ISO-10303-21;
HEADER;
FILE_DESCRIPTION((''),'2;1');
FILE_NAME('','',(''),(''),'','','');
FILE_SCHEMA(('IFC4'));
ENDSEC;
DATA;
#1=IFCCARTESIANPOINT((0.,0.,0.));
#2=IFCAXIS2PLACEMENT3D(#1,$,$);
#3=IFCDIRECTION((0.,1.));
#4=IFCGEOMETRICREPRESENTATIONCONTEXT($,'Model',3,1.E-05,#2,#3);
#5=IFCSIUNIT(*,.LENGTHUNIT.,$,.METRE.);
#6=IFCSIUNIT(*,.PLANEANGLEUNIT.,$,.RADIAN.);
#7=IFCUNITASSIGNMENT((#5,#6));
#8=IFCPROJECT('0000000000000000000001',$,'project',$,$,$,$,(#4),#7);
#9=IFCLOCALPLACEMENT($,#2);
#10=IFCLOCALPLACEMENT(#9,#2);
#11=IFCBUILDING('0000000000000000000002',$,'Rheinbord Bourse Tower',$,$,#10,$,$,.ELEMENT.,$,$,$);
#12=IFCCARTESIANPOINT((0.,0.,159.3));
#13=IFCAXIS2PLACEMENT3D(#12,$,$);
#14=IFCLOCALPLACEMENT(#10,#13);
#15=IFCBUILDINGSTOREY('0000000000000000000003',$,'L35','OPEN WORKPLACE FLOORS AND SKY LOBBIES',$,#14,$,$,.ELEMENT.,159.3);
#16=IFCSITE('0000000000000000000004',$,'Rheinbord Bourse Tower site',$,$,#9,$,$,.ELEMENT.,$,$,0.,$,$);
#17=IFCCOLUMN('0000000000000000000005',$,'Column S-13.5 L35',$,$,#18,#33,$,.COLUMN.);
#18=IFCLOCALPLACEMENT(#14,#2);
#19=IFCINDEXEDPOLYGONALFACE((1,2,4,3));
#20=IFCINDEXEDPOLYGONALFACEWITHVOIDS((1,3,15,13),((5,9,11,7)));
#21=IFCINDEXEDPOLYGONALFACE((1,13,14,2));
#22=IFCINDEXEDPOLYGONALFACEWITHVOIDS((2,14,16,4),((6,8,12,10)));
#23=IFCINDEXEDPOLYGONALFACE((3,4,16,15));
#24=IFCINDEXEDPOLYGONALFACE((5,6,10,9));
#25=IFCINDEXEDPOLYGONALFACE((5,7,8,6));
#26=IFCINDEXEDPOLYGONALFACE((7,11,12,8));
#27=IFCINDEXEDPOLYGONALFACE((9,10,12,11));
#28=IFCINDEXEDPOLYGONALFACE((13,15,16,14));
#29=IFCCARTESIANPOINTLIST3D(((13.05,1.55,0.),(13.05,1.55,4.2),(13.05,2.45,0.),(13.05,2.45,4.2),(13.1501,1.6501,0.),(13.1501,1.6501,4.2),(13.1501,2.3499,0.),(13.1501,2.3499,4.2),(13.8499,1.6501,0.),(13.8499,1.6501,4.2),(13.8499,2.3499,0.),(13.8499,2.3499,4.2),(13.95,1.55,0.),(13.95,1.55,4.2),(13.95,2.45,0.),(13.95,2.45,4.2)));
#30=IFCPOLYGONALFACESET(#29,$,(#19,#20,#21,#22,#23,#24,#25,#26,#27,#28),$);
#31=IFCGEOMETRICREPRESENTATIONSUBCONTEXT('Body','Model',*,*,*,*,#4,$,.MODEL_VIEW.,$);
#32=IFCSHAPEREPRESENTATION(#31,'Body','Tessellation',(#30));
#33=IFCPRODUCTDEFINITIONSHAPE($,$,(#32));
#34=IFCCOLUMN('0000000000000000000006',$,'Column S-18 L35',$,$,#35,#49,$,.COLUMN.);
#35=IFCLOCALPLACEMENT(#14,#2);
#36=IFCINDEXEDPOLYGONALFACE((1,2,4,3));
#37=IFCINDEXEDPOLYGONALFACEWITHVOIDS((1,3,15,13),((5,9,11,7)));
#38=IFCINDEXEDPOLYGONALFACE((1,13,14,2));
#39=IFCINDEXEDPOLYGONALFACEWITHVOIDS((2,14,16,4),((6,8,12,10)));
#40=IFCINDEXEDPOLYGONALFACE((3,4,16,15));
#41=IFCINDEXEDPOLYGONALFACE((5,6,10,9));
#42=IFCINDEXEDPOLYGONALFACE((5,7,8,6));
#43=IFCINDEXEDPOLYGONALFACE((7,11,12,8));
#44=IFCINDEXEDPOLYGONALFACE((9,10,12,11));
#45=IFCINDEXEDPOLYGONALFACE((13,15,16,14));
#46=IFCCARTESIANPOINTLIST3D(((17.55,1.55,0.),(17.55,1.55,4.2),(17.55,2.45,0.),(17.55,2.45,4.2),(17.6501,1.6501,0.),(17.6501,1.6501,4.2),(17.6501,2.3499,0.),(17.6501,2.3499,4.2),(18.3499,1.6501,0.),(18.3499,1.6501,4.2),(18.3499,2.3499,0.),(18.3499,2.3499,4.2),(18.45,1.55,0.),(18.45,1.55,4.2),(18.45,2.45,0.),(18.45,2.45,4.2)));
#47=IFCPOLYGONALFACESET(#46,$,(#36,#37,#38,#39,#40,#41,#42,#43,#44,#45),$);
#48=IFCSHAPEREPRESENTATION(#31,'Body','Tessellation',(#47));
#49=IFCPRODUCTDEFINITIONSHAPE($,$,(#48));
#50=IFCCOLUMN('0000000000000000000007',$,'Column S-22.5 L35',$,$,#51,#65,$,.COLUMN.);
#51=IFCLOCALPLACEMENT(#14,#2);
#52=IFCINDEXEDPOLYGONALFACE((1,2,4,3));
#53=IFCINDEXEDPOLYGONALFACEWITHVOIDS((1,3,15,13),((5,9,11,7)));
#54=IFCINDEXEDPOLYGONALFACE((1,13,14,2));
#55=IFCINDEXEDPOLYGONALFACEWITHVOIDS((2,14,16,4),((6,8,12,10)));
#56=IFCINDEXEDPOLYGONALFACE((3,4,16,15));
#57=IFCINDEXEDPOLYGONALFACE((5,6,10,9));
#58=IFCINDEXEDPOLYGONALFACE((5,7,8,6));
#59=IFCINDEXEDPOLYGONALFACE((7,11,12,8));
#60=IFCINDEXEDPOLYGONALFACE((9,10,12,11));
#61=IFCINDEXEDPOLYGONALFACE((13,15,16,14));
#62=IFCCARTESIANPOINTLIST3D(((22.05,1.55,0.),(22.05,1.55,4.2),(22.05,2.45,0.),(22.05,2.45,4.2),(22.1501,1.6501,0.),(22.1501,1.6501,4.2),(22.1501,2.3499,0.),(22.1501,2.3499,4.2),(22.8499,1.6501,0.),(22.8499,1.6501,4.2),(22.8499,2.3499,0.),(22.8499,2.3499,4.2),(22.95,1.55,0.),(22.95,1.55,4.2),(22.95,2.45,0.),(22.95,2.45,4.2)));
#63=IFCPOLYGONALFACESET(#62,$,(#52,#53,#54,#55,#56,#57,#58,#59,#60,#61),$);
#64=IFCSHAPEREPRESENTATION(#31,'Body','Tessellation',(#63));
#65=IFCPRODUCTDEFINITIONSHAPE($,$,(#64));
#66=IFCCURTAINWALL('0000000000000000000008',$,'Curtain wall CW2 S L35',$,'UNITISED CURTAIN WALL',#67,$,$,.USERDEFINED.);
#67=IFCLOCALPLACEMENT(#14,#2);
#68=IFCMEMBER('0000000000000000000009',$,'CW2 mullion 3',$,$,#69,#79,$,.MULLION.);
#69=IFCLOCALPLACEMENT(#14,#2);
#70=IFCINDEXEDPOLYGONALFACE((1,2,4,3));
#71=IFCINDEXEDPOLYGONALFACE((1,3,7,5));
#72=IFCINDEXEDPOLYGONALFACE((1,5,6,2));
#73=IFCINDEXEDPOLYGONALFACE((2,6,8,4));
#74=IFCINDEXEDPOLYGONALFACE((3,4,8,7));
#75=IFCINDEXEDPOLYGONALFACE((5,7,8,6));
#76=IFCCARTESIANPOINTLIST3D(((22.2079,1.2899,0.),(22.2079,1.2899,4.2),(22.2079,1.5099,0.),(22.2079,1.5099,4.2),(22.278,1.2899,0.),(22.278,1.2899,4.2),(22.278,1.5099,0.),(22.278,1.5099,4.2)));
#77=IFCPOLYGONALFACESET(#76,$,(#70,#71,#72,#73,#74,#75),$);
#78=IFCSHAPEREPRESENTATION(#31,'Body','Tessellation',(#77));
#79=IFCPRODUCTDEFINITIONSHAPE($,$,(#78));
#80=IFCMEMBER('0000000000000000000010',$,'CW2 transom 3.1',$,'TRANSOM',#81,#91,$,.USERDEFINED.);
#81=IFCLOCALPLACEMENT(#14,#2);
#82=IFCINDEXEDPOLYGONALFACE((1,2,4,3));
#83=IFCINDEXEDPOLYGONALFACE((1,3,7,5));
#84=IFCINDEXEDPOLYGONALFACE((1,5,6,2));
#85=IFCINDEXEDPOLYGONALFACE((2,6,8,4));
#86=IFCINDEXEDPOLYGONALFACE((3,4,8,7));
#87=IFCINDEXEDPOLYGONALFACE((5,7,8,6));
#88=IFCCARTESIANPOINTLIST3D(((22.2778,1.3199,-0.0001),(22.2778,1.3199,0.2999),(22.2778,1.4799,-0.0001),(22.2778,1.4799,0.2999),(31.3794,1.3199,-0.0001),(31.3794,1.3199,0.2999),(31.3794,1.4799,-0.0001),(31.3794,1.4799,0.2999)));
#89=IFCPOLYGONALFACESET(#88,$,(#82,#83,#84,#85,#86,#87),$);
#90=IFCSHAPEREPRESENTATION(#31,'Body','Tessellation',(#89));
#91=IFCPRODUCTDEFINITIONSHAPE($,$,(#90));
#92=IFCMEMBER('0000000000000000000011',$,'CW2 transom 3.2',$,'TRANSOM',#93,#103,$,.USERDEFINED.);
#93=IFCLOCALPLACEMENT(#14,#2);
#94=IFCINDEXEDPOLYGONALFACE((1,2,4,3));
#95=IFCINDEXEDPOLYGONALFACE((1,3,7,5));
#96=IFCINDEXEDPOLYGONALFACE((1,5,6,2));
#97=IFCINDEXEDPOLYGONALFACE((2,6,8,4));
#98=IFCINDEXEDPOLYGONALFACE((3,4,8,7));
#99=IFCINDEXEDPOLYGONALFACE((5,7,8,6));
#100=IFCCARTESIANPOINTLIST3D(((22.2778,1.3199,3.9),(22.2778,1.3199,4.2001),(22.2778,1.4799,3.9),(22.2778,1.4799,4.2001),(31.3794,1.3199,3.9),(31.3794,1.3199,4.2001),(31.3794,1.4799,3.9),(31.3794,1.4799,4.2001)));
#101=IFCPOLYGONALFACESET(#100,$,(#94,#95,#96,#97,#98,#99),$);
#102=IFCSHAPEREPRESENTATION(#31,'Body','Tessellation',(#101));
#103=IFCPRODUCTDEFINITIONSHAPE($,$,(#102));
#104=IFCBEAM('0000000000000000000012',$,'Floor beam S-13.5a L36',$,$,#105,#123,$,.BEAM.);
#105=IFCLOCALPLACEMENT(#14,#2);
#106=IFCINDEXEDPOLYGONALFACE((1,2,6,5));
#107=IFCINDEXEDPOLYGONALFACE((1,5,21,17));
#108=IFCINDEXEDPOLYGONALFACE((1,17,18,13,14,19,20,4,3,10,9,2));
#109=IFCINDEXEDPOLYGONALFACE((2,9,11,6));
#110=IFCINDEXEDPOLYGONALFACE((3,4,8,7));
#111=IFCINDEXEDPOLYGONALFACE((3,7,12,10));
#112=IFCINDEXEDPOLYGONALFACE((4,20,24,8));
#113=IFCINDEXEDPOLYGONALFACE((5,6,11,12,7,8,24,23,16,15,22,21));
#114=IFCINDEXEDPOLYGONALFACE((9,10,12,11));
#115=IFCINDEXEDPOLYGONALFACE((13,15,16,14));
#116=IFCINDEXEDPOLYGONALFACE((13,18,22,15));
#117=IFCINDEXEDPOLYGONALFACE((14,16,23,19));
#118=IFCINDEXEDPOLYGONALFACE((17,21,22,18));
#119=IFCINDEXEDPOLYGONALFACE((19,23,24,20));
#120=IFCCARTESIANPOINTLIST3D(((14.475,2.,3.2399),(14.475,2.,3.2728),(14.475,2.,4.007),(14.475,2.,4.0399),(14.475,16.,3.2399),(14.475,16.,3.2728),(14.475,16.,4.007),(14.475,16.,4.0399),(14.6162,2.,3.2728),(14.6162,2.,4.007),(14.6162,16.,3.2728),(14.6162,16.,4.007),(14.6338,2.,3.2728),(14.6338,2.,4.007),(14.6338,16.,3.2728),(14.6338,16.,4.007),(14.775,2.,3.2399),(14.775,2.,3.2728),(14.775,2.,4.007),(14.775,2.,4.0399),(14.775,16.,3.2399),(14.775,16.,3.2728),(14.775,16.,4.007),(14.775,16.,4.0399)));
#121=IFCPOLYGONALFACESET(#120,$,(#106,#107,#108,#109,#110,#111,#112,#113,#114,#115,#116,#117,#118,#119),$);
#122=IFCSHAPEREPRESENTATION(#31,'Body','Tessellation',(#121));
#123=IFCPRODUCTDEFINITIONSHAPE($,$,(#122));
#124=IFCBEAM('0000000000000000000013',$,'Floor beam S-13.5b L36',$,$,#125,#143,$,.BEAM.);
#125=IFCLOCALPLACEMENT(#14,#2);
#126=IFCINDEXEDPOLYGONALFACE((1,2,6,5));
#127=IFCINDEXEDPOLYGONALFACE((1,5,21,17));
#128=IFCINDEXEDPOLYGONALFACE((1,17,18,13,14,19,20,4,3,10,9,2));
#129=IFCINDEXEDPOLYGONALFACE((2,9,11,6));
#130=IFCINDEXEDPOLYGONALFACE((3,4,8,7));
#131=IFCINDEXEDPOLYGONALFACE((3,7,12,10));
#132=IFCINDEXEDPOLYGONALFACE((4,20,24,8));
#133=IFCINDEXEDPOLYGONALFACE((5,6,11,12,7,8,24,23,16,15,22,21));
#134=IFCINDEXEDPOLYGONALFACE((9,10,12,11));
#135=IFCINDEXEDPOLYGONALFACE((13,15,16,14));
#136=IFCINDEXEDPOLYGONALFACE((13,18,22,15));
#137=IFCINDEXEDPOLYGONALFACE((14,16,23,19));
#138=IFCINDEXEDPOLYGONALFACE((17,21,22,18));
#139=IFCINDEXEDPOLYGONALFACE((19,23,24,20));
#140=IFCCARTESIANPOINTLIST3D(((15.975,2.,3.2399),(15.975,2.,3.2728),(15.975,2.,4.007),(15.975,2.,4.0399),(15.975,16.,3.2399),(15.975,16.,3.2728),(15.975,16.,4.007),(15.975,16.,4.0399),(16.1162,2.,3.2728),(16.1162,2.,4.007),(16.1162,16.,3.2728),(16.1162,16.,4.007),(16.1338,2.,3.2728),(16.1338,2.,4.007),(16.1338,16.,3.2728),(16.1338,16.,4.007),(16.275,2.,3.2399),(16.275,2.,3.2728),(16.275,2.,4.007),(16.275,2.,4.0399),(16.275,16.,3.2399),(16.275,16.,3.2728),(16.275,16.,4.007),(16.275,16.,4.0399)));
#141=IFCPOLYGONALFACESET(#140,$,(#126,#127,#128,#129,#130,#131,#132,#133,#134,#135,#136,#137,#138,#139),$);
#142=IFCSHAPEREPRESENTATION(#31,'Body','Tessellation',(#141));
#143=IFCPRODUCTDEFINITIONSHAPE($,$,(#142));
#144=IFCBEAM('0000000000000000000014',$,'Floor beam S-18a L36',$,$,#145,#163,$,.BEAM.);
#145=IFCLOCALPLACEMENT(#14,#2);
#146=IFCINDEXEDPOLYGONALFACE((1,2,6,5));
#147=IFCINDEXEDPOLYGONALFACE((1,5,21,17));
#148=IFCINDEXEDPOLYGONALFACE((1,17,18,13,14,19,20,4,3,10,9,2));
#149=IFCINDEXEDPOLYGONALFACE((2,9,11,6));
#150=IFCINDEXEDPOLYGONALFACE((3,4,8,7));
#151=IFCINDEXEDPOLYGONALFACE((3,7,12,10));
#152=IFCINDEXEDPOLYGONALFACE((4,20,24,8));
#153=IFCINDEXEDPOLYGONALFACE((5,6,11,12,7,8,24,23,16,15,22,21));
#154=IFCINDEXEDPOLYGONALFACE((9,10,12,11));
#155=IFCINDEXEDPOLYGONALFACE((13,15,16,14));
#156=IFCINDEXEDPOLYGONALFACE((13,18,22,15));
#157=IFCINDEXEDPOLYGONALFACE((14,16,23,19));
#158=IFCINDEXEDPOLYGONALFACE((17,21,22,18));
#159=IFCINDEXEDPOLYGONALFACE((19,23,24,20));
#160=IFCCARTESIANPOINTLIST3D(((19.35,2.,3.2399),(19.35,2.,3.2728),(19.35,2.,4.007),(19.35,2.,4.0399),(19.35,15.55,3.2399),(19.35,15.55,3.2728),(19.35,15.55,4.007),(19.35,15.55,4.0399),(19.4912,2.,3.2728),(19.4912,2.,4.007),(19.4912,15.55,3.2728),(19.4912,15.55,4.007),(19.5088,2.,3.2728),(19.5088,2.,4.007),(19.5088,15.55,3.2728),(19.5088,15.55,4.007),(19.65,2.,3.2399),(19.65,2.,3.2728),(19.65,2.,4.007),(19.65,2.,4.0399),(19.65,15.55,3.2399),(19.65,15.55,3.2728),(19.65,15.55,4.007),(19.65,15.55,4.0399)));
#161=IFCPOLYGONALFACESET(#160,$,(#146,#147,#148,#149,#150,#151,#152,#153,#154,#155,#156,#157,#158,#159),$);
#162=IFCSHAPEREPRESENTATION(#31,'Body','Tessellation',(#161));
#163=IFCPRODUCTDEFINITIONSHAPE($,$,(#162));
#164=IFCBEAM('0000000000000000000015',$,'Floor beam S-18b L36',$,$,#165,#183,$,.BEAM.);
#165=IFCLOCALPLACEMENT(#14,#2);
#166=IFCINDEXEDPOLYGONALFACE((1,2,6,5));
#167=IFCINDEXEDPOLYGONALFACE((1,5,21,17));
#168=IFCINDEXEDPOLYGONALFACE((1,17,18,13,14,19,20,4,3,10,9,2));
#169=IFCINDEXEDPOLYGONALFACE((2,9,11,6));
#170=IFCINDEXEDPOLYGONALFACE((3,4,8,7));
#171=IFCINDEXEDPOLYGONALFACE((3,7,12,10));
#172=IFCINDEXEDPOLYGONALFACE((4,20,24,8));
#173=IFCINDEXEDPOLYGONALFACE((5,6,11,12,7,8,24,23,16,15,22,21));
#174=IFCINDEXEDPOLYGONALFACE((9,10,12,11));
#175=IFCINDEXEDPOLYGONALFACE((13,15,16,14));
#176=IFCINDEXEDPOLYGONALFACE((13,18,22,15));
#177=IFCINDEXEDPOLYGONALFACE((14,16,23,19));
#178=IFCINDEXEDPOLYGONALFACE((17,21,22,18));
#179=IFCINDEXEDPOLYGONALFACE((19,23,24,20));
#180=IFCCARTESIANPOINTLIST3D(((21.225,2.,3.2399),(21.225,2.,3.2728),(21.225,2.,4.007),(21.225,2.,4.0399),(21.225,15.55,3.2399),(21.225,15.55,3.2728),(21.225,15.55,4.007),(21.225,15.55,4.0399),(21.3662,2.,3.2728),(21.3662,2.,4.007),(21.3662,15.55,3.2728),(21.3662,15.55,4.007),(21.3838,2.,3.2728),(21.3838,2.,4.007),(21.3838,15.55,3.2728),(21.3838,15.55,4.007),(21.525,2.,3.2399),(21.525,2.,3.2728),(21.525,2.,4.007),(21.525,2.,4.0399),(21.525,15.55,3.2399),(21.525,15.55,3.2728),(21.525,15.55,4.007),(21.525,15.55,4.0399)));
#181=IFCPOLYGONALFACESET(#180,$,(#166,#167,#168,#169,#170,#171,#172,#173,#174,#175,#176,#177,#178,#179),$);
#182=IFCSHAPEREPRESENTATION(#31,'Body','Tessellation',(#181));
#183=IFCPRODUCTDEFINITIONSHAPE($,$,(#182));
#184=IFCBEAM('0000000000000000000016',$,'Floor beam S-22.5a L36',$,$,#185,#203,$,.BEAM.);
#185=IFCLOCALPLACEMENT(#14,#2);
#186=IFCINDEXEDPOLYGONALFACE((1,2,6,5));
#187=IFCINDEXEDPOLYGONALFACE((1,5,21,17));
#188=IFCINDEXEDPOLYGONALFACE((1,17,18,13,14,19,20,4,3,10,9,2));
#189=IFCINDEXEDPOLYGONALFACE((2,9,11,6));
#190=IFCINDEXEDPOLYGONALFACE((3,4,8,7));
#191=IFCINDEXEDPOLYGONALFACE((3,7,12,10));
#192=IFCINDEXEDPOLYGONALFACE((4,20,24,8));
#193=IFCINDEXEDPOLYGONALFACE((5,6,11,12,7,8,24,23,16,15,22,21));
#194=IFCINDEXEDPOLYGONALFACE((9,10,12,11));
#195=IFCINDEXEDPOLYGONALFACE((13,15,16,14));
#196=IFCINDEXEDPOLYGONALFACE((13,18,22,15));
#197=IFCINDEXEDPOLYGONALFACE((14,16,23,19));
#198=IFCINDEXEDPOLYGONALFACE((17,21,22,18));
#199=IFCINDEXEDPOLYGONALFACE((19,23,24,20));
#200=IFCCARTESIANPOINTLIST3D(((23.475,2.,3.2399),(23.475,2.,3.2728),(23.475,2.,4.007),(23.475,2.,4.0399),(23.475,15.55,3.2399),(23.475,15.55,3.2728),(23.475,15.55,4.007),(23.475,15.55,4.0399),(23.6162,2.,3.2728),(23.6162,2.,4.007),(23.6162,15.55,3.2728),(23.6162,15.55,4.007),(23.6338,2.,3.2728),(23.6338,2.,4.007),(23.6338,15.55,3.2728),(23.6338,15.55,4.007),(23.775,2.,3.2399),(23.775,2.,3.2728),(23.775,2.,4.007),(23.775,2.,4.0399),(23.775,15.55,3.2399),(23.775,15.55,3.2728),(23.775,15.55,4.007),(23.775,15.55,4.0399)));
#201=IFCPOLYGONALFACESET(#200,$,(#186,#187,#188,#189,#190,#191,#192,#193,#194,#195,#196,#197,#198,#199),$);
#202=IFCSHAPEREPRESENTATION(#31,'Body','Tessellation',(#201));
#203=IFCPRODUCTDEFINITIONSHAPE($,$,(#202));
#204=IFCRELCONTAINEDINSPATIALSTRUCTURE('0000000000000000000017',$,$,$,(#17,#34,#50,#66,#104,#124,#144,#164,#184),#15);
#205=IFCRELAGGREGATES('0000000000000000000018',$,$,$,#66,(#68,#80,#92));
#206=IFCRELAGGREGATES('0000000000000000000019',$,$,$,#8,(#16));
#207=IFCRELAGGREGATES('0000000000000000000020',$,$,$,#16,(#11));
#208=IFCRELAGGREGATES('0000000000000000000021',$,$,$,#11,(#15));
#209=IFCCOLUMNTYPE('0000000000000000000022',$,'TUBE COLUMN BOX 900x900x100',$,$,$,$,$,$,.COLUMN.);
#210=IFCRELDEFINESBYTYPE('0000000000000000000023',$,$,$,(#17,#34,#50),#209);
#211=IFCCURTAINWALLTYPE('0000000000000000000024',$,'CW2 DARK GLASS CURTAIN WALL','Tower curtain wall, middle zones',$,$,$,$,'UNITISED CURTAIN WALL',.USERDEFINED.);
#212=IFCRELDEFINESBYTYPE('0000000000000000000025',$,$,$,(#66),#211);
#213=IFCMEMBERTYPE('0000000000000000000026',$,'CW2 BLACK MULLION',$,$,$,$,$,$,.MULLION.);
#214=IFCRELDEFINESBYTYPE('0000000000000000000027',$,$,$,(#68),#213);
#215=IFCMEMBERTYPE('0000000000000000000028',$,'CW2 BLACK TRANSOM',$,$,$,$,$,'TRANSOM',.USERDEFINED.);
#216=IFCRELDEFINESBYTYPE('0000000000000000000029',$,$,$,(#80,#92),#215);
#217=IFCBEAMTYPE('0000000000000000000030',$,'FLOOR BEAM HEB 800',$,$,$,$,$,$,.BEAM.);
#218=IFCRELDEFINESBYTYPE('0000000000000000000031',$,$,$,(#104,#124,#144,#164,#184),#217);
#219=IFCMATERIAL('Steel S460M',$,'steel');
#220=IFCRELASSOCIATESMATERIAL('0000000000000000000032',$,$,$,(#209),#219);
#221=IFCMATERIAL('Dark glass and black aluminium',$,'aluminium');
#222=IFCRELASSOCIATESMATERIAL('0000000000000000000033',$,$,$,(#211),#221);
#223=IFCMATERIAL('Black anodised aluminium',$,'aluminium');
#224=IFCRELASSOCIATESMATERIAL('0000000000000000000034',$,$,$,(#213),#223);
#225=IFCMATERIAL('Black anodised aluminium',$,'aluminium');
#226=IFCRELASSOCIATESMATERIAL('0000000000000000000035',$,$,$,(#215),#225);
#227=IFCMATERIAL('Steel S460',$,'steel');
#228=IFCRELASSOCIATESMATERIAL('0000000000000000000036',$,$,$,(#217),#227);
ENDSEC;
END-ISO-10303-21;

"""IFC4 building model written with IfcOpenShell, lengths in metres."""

from ifc_helpers import new_model, si_unit, direction, frame, origin, origin_2d, place, context, subcontext, project, spatial, rectangle, hollow_rectangle, i_section, extrude, material, material_profile, profile_set, type_object, element, aggregate, save


model = new_model("IFC4")

# Units and contexts
model_context = context("Model", 3, precision=1e-05, world=origin(), true_north=direction((0.0, 1.0)))
body_context = subcontext(model_context, "Body", "Model", "MODEL_VIEW")
ifc_project = project(units=[si_unit("LENGTHUNIT", "METRE"), si_unit("PLANEANGLEUNIT", "RADIAN")], contexts=[model_context])

# Site, building, storey
site_placement = place(None, origin())
site = spatial("IfcSite", under=ifc_project, at=site_placement, Name="Rheinbord Bourse Tower site", CompositionType="ELEMENT", RefElevation=0.0)
building_placement = place(site_placement, origin())
building = spatial("IfcBuilding", under=site, at=building_placement, Name="Rheinbord Bourse Tower", CompositionType="ELEMENT")
storey_placement = place(building_placement, frame((0.0, 0.0, 159.3)))
storey = spatial("IfcBuildingStorey", under=building, at=storey_placement, Name="L35", Description="OPEN WORKPLACE FLOORS AND SKY LOBBIES", CompositionType="ELEMENT", Elevation=159.3)

# Columns
ifc_material_1 = material(Name="Steel S460M", Category="steel")
ifc_material_profile_1 = material_profile(ifc_material_1, hollow_rectangle(XDim=0.8999, YDim=0.8999, WallThickness=0.1001, at=origin_2d()), Name="BOX 900x900x100")
ifc_profile_set_1 = profile_set([ifc_material_profile_1], Name="Steel S460M")
column_type = type_object("IfcColumnType", Name="TUBE COLUMN BOX 900x900x100", PredefinedType="COLUMN", material=ifc_profile_set_1)
for number, where, z_axis, x_axis, name in (
    (1, (13.5, 2.0, 0.0), (0.0, 0.0, 1.0), (0.0, 1.0, 0.0), "Column S-13.5 L35"),
    (2, (18.0, 2.0, 0.0), (0.0, 0.0, 1.0), (0.0, 1.0, 0.0), "Column S-18 L35"),
    (3, (22.5, 2.0, 0.0), (0.0, 0.0, 1.0), (0.0, 1.0, 0.0), "Column S-22.5 L35"),
):
    element("IfcColumn", number, at=place(storey_placement, frame(where, z_axis=z_axis, x_axis=x_axis)), inside=storey, type_object=column_type, Name=name, PredefinedType="COLUMN", context=body_context, shape_type="SweptSolid", body=[
        extrude(hollow_rectangle(XDim=0.8999, YDim=0.8999, WallThickness=0.1001, at=origin_2d()), origin(), (0.0, 0.0, 1.0), 4.2),
    ])

# Curtain wall, members
ifc_material_2 = material(Name="Dark glass and black aluminium", Category="aluminium")
curtain_wall_type = type_object("IfcCurtainWallType", Name="CW2 DARK GLASS CURTAIN WALL", Description="Tower curtain wall, middle zones", ElementType="UNITISED CURTAIN WALL", PredefinedType="USERDEFINED", material=ifc_material_2)
curtain_wall_placement = place(storey_placement, origin())
curtain_wall = element("IfcCurtainWall", 4, at=curtain_wall_placement, inside=storey, type_object=curtain_wall_type, Name="Curtain wall CW2 S L35", ObjectType="UNITISED CURTAIN WALL", PredefinedType="USERDEFINED")
ifc_material_3 = material(Name="Black anodised aluminium", Category="aluminium")
ifc_material_profile_2 = material_profile(ifc_material_3, rectangle(XDim=0.22, YDim=0.0701, at=origin_2d()), Name="CW2 MULLION 70x220")
ifc_profile_set_2 = profile_set([ifc_material_profile_2], Name="Black anodised aluminium")
member_type_1 = type_object("IfcMemberType", Name="CW2 BLACK MULLION", PredefinedType="MULLION", material=ifc_profile_set_2)
member_1_placement = place(storey_placement, frame((22.2429, 1.3999, 0.0), z_axis=(0.0, 0.0, 1.0), x_axis=(0.0, 1.0, 0.0)))
member_1 = element("IfcMember", 5, at=member_1_placement, type_object=member_type_1, Name="CW2 mullion 3", PredefinedType="MULLION", context=body_context, shape_type="SweptSolid", body=[
    extrude(rectangle(XDim=0.22, YDim=0.0701, at=origin_2d()), origin(), (0.0, 0.0, 1.0), 4.2),
])
ifc_material_4 = material(Name="Black anodised aluminium", Category="aluminium")
ifc_material_profile_3 = material_profile(ifc_material_4, rectangle(XDim=0.1599, YDim=0.3, at=origin_2d()), Name="CW2 TRANSOM 300x160")
ifc_profile_set_3 = profile_set([ifc_material_profile_3], Name="Black anodised aluminium")
member_type_2 = type_object("IfcMemberType", Name="CW2 BLACK TRANSOM", ElementType="TRANSOM", PredefinedType="USERDEFINED", material=ifc_profile_set_3)
member_2_placement = place(storey_placement, frame((22.2778, 1.3999, 0.1499), z_axis=(1.0, 0.0, 0.0), x_axis=(0.0, 1.0, 0.0)))
member_2 = element("IfcMember", 6, at=member_2_placement, type_object=member_type_2, Name="CW2 transom 3.1", ObjectType="TRANSOM", PredefinedType="USERDEFINED", context=body_context, shape_type="SweptSolid", body=[
    extrude(rectangle(XDim=0.1599, YDim=0.3, at=origin_2d()), origin(), (0.0, 0.0, 1.0), 9.1016),
])
member_3_placement = place(storey_placement, frame((22.2778, 1.3999, 4.05), z_axis=(1.0, 0.0, 0.0), x_axis=(0.0, 1.0, 0.0)))
member_3 = element("IfcMember", 7, at=member_3_placement, type_object=member_type_2, Name="CW2 transom 3.2", ObjectType="TRANSOM", PredefinedType="USERDEFINED", context=body_context, shape_type="SweptSolid", body=[
    extrude(rectangle(XDim=0.1599, YDim=0.3, at=origin_2d()), origin(), (0.0, 0.0, 1.0), 9.1016),
])

# Beams
ifc_material_5 = material(Name="Steel S460", Category="steel")
ifc_material_profile_4 = material_profile(ifc_material_5, i_section(OverallWidth=0.3, OverallDepth=0.8, WebThickness=0.0176, FlangeThickness=0.033, at=origin_2d()), Name="HEB 800")
ifc_profile_set_4 = profile_set([ifc_material_profile_4], Name="Steel S460")
beam_type_1 = type_object("IfcBeamType", Name="FLOOR BEAM HEB 800", PredefinedType="BEAM", material=ifc_profile_set_4)
for number, where, z_axis, x_axis, name in (
    (8, (14.625, 2.0, 3.6399), (0.0, 1.0, 0.0), (-1.0, 0.0, 0.0), "Floor beam S-13.5a L36"),
    (9, (16.125, 2.0, 3.6399), (0.0, 1.0, 0.0), (-1.0, 0.0, 0.0), "Floor beam S-13.5b L36"),
):
    element("IfcBeam", number, at=place(storey_placement, frame(where, z_axis=z_axis, x_axis=x_axis)), inside=storey, type_object=beam_type_1, Name=name, PredefinedType="BEAM", context=body_context, shape_type="SweptSolid", body=[
        extrude(i_section(OverallWidth=0.3, OverallDepth=0.8, WebThickness=0.0176, FlangeThickness=0.033, at=origin_2d()), origin(), (0.0, 0.0, 1.0), 14.0),
    ])
for number, where, z_axis, x_axis, name in (
    (10, (19.5, 2.0, 3.6399), (0.0, 1.0, 0.0), (-1.0, 0.0, 0.0), "Floor beam S-18a L36"),
    (11, (21.375, 2.0, 3.6399), (0.0, 1.0, 0.0), (-1.0, 0.0, 0.0), "Floor beam S-18b L36"),
    (12, (23.625, 2.0, 3.6399), (0.0, 1.0, 0.0), (-1.0, 0.0, 0.0), "Floor beam S-22.5a L36"),
):
    element("IfcBeam", number, at=place(storey_placement, frame(where, z_axis=z_axis, x_axis=x_axis)), inside=storey, type_object=beam_type_1, Name=name, PredefinedType="BEAM", context=body_context, shape_type="SweptSolid", body=[
        extrude(i_section(OverallWidth=0.3, OverallDepth=0.8, WebThickness=0.0176, FlangeThickness=0.033, at=origin_2d()), origin(), (0.0, 0.0, 1.0), 13.55),
    ])

aggregate(curtain_wall, [member_1, member_2, member_3])

save(model, "model.ifc")
